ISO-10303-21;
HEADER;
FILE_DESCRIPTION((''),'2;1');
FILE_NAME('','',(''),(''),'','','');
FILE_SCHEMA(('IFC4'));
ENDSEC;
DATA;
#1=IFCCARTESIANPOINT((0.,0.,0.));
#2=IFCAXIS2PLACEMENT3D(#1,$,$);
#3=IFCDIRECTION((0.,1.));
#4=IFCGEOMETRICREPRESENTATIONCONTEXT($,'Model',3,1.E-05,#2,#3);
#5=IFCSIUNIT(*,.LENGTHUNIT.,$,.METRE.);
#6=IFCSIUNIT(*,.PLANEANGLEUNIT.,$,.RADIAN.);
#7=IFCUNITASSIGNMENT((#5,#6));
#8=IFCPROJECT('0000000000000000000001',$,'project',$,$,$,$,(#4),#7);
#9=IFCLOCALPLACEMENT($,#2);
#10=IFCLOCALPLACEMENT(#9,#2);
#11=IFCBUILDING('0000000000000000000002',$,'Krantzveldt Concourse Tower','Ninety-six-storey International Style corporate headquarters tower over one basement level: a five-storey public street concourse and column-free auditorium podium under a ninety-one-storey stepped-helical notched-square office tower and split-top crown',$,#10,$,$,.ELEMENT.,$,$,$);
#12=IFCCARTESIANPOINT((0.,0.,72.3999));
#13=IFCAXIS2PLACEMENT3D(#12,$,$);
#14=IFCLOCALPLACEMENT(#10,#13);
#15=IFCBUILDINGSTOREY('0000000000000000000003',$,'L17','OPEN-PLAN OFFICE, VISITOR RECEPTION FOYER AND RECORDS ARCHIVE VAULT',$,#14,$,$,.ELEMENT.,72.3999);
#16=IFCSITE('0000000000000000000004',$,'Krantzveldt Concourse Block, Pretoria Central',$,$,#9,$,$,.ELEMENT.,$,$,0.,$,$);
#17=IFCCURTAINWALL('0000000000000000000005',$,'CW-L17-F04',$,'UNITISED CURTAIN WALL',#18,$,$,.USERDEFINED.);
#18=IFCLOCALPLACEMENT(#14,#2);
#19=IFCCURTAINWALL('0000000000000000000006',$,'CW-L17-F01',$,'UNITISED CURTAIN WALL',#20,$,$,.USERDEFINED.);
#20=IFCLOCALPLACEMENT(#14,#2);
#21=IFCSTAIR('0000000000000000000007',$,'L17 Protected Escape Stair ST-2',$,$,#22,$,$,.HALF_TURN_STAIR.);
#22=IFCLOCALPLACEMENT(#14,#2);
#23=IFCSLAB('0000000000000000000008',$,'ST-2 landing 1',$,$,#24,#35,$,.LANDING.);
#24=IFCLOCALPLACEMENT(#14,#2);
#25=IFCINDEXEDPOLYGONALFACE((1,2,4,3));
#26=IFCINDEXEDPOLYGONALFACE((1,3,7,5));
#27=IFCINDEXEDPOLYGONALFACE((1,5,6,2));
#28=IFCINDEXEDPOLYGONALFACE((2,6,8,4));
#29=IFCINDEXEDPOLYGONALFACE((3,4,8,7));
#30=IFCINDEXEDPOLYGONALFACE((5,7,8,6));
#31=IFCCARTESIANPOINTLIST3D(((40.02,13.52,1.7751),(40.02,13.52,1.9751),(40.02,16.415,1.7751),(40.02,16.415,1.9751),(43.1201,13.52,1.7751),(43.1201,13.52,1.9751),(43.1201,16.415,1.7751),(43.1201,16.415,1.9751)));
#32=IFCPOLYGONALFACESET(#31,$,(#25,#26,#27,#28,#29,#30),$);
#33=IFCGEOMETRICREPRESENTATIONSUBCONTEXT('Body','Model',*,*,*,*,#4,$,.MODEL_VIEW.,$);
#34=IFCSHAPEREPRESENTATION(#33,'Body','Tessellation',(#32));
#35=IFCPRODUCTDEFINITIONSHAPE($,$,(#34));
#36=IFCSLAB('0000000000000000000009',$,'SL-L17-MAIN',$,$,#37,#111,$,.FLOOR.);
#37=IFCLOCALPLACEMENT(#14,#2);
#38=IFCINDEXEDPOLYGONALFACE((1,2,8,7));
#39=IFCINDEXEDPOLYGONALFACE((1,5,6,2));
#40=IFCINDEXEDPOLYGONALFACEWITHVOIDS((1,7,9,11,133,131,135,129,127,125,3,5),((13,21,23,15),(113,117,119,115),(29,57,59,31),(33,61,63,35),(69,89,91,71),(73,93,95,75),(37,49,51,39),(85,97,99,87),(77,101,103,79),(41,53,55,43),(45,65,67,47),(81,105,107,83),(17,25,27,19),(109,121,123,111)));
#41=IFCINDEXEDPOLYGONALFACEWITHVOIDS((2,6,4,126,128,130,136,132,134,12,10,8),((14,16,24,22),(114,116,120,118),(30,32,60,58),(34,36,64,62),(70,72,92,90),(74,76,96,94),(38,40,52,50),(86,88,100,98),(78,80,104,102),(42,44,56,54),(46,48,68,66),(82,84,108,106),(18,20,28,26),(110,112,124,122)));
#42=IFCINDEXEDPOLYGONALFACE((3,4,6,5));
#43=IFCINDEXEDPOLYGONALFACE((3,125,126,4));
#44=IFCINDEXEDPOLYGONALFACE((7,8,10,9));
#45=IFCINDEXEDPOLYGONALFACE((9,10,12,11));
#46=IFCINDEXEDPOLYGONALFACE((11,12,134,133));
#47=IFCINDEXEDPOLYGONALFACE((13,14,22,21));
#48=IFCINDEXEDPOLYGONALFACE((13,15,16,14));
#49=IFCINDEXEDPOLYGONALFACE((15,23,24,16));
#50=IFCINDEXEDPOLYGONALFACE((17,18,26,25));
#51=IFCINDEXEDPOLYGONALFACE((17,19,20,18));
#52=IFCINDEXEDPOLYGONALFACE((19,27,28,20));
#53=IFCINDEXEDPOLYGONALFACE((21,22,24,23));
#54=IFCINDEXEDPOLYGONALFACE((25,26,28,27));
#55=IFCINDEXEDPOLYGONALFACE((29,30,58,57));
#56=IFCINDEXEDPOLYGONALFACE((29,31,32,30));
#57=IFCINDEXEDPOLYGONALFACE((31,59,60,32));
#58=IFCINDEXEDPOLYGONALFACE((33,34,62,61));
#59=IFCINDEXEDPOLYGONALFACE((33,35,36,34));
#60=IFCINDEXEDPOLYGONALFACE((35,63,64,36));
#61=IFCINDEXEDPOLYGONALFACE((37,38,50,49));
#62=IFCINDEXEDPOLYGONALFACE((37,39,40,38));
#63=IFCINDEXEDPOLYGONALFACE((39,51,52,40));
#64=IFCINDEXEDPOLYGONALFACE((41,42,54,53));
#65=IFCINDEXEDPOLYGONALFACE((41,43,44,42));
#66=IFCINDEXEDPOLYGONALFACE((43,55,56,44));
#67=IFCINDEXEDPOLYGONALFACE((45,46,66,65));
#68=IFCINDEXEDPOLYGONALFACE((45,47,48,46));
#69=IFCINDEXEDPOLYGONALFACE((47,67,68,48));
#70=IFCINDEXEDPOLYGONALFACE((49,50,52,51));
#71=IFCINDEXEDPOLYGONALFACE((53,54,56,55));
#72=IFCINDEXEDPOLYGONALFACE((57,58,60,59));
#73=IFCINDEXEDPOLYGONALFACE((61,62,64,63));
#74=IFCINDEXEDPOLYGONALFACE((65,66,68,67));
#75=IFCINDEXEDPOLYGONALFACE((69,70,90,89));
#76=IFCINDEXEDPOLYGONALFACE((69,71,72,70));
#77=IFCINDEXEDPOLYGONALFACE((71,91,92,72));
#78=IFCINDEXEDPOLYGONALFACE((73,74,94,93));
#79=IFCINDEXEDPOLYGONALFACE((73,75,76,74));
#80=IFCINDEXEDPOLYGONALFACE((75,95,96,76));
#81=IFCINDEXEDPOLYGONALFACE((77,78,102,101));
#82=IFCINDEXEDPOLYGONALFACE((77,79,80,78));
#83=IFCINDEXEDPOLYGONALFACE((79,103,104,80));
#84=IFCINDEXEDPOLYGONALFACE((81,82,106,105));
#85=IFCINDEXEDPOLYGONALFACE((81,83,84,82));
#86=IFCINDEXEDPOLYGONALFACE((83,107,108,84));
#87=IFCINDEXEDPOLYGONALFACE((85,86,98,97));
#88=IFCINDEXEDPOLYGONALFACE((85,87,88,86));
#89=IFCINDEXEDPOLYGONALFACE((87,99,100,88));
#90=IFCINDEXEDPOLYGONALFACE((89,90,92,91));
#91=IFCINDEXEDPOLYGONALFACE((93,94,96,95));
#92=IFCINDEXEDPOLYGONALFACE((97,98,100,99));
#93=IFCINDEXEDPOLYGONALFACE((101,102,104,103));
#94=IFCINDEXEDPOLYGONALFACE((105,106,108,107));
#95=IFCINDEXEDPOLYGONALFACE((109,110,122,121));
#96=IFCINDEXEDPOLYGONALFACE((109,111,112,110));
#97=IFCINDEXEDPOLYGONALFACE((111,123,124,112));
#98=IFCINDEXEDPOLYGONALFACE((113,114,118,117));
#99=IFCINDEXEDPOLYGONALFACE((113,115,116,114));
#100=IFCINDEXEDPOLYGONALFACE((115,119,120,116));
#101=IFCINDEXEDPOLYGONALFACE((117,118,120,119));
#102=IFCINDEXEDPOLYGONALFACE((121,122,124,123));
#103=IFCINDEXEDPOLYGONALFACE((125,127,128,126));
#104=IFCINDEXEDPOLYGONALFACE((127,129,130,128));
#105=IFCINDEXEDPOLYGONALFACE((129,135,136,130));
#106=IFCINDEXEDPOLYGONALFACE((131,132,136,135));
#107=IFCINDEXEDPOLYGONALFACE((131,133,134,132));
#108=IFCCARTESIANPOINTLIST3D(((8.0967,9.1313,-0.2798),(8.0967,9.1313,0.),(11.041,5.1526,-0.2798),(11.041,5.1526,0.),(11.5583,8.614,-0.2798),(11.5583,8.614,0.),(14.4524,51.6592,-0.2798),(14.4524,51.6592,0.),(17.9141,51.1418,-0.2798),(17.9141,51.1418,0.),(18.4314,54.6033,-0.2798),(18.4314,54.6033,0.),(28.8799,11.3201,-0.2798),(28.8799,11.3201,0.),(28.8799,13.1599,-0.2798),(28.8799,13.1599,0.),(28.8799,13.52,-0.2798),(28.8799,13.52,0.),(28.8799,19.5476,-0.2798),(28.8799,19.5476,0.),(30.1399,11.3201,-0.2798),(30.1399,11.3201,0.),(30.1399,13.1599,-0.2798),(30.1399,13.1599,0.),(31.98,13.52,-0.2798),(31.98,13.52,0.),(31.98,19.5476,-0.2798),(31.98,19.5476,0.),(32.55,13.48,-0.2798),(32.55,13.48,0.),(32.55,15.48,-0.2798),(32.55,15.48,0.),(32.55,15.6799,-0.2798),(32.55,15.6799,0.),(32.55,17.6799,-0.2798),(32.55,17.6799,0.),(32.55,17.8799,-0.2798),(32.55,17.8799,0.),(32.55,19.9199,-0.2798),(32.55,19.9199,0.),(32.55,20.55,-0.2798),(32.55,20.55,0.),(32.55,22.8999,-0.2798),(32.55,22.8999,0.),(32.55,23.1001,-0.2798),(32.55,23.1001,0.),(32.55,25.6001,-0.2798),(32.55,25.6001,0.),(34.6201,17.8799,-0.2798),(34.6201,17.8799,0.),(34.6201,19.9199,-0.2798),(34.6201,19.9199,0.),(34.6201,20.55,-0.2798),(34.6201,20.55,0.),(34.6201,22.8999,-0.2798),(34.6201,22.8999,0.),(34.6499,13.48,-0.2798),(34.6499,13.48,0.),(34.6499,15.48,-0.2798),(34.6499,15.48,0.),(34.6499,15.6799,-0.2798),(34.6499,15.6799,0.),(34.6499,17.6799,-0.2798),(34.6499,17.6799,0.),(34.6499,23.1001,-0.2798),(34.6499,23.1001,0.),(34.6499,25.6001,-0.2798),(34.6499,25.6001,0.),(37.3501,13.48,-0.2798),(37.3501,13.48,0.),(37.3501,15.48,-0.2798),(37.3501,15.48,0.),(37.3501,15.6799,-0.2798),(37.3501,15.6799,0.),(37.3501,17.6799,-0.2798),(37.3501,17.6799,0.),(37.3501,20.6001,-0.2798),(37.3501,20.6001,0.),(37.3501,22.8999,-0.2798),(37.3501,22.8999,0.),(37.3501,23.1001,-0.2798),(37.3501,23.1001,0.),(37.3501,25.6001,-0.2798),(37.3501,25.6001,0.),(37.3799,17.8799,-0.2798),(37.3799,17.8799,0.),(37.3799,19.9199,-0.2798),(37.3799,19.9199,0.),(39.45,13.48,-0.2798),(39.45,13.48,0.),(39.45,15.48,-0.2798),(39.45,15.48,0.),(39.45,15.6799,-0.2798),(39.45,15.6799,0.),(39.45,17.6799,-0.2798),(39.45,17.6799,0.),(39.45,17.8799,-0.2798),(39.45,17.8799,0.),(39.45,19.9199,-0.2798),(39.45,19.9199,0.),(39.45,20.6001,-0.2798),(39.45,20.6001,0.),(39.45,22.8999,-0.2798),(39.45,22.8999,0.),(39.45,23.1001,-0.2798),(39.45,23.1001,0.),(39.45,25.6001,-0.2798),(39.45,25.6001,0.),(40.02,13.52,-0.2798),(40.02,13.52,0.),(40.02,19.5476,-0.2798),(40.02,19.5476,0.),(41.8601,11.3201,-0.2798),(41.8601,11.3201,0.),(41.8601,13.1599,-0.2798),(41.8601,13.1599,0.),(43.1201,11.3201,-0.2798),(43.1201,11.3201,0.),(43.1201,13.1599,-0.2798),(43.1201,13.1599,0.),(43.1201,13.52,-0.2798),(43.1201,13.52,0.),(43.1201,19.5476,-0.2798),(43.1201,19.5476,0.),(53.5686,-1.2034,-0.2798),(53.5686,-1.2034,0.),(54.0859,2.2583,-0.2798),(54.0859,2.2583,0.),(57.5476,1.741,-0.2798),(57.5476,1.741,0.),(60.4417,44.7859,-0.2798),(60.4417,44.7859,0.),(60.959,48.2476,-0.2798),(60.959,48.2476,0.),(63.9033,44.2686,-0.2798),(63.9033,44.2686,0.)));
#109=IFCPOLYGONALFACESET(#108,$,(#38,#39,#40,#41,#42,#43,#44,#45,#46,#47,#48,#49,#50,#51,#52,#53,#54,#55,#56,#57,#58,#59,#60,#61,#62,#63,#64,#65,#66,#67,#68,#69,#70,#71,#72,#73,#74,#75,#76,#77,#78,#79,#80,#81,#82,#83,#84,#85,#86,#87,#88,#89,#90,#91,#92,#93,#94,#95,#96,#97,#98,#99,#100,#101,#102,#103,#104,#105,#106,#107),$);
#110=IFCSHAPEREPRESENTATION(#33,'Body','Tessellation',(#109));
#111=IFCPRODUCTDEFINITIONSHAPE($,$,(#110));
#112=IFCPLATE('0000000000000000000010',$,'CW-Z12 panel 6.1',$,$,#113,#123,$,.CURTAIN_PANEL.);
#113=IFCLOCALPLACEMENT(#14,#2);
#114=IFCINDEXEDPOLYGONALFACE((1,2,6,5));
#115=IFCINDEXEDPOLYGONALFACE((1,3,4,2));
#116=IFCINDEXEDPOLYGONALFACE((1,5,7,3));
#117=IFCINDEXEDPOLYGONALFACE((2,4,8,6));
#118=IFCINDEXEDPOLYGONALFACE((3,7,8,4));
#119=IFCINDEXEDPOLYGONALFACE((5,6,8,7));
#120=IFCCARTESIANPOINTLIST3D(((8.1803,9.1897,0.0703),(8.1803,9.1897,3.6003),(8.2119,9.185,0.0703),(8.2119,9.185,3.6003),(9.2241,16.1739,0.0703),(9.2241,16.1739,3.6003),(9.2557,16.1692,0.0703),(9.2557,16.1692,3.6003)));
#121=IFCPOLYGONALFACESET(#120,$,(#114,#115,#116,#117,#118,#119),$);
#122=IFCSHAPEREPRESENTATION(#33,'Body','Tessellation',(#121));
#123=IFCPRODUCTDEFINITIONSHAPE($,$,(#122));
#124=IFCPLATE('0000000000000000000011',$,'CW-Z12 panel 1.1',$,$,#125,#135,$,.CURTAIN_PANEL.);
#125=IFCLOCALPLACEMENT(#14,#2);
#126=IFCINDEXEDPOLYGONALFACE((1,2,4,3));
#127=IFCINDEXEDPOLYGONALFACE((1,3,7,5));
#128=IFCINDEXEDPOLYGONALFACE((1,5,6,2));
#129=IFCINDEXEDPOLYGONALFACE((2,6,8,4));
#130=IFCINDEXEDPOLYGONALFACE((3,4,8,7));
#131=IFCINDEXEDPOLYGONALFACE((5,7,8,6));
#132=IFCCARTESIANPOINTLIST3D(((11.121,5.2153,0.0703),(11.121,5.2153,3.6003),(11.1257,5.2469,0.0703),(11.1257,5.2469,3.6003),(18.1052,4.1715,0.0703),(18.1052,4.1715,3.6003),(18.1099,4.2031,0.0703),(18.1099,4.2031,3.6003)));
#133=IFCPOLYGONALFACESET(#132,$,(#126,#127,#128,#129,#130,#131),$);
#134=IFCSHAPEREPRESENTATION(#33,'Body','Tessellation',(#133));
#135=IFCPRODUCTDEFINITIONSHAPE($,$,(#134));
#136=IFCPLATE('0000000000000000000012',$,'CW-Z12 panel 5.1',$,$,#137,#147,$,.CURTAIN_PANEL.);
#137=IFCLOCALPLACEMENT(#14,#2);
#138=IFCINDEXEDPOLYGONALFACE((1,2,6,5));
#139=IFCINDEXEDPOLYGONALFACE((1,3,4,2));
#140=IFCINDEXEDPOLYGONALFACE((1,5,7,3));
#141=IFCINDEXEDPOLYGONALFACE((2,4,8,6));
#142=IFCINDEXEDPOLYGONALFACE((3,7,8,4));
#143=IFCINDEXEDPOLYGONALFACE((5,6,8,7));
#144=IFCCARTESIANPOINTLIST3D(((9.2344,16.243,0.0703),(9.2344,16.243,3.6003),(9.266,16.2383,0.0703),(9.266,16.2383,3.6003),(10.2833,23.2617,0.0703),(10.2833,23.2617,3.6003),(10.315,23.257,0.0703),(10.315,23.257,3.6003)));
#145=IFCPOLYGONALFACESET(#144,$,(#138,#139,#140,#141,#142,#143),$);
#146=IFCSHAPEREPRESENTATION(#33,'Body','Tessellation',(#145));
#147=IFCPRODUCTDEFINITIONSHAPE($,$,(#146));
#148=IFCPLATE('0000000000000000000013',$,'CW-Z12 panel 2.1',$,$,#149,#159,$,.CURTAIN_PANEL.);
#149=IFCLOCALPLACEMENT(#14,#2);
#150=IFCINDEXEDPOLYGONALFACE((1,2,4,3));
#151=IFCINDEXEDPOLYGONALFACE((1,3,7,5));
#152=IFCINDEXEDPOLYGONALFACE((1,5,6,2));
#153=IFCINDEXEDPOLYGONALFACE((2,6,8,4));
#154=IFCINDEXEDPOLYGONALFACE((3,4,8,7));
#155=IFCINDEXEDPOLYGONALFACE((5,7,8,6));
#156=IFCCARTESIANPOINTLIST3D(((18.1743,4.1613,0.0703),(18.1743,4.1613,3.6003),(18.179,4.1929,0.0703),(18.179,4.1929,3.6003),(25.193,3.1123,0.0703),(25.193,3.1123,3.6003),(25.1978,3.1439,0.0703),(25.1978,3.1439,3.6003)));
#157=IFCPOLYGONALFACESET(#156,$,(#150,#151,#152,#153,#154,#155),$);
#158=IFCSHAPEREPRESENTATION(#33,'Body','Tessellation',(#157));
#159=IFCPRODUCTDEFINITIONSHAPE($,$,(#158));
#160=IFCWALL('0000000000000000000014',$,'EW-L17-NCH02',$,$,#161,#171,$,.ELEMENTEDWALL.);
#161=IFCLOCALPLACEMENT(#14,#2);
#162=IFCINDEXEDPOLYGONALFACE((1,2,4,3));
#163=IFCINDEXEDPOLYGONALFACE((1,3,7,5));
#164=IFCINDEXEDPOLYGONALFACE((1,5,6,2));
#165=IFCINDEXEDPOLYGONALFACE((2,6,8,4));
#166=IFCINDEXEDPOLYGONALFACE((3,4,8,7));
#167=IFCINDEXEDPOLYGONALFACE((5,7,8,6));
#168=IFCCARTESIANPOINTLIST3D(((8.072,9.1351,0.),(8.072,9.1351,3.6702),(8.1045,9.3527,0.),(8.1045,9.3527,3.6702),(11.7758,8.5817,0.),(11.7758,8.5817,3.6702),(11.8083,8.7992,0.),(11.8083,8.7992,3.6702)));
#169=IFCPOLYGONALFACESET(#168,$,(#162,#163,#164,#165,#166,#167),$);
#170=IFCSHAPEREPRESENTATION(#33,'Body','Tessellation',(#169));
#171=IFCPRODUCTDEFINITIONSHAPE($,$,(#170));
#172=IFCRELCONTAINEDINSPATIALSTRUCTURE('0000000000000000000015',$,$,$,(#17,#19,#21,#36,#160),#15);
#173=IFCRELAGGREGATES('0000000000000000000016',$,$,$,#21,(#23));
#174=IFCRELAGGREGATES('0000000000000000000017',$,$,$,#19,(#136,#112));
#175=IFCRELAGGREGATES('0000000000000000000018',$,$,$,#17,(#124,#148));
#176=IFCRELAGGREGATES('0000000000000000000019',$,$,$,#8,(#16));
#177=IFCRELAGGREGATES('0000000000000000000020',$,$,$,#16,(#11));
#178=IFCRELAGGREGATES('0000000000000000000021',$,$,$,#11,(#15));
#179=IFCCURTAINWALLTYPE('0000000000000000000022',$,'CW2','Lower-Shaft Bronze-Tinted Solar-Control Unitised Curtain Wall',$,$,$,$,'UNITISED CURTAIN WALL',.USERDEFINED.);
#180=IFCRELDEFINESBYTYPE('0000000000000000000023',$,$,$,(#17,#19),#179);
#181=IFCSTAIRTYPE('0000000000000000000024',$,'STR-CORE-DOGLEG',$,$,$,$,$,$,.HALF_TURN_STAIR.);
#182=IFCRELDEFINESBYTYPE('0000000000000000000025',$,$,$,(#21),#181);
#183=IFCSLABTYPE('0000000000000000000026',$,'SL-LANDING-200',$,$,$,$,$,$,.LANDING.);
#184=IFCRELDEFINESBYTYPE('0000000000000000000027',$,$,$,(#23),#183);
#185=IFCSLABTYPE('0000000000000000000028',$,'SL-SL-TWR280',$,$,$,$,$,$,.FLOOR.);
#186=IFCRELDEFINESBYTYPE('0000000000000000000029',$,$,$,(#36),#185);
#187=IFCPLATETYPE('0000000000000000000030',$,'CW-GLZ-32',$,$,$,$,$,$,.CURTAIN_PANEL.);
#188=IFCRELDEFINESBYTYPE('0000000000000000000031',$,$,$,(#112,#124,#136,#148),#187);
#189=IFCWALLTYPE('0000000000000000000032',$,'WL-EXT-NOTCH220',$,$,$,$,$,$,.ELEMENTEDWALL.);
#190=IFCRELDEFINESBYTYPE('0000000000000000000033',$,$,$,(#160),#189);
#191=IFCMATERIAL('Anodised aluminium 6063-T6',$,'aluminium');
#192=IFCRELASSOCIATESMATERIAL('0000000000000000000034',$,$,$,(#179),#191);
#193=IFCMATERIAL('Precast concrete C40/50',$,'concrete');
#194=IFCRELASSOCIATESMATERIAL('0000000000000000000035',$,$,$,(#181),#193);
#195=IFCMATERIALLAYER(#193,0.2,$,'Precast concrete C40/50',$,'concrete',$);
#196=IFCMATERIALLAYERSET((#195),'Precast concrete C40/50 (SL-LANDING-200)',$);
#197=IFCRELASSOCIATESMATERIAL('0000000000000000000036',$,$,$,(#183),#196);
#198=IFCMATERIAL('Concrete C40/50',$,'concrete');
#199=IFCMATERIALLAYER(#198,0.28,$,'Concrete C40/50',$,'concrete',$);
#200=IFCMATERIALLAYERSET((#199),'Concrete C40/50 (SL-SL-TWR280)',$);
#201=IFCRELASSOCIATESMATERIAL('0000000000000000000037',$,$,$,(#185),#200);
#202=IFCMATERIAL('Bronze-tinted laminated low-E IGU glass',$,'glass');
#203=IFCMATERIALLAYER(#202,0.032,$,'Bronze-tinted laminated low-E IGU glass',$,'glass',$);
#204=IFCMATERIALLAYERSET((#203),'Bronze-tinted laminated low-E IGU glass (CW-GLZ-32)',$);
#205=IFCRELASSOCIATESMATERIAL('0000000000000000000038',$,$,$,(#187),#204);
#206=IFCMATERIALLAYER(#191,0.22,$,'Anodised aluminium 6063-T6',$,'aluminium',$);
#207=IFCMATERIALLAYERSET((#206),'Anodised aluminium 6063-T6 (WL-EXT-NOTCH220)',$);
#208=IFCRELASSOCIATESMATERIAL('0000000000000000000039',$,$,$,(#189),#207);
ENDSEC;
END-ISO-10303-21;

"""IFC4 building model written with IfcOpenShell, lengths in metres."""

from ifc_helpers import new_model, si_unit, direction, frame, frame_2d, origin, origin_2d, place, context, subcontext, project, spatial, polyline, rectangle, outline, extrude, source, transform, mapped, material, layer, layer_set, type_object, type_shapes, element, aggregate, save


model = new_model("IFC4")

# Units and contexts
model_context = context("Model", 3, precision=1e-05, world=origin(), true_north=direction((0.0, 1.0)))
body_context = subcontext(model_context, "Body", "Model", "MODEL_VIEW")
ifc_project = project(units=[si_unit("LENGTHUNIT", "METRE"), si_unit("PLANEANGLEUNIT", "RADIAN")], contexts=[model_context])

# Site, building, storey
site_placement = place(None, origin())
site = spatial("IfcSite", under=ifc_project, at=site_placement, Name="Krantzveldt Concourse Block, Pretoria Central", CompositionType="ELEMENT", RefElevation=0.0)
building_placement = place(site_placement, origin())
building = spatial("IfcBuilding", under=site, at=building_placement, Name="Krantzveldt Concourse Tower", Description="Ninety-six-storey International Style corporate headquarters tower over one basement level: a five-storey public street concourse and column-free auditorium podium under a ninety-one-storey stepped-helical notched-square office tower and split-top crown", CompositionType="ELEMENT")
storey_placement = place(building_placement, frame((0.0, 0.0, 72.3999)))
storey = spatial("IfcBuildingStorey", under=building, at=storey_placement, Name="L17", Description="OPEN-PLAN OFFICE, VISITOR RECEPTION FOYER AND RECORDS ARCHIVE VAULT", CompositionType="ELEMENT", Elevation=72.3999)

# Curtain walls
ifc_material_1 = material(Name="Anodised aluminium 6063-T6", Category="aluminium")
curtain_wall_type = type_object("IfcCurtainWallType", Name="CW2", Description="Lower-Shaft Bronze-Tinted Solar-Control Unitised Curtain Wall", ElementType="UNITISED CURTAIN WALL", PredefinedType="USERDEFINED", material=ifc_material_1)
curtain_wall_1_placement = place(storey_placement, origin())
curtain_wall_1 = element("IfcCurtainWall", 1, at=curtain_wall_1_placement, inside=storey, type_object=curtain_wall_type, Name="CW-L17-F04", ObjectType="UNITISED CURTAIN WALL", PredefinedType="USERDEFINED")
curtain_wall_2_placement = place(storey_placement, origin())
curtain_wall_2 = element("IfcCurtainWall", 2, at=curtain_wall_2_placement, inside=storey, type_object=curtain_wall_type, Name="CW-L17-F01", ObjectType="UNITISED CURTAIN WALL", PredefinedType="USERDEFINED")

# Stair, slab
ifc_material_2 = material(Name="Precast concrete C40/50", Category="concrete")
stair_type = type_object("IfcStairType", Name="STR-CORE-DOGLEG", PredefinedType="HALF_TURN_STAIR", material=ifc_material_2)
ifc_layer_1 = layer(ifc_material_2, 0.2, Name="Precast concrete C40/50", Category="concrete")
ifc_layer_set_1 = layer_set([ifc_layer_1], Name="Precast concrete C40/50 (SL-LANDING-200)")
slab_type_1 = type_object("IfcSlabType", Name="SL-LANDING-200", PredefinedType="LANDING", material=ifc_layer_set_1)
stair_1_placement = place(storey_placement, origin())
stair_1 = element("IfcStair", 3, at=stair_1_placement, inside=storey, type_object=stair_type, Name="L17 Protected Escape Stair ST-2", PredefinedType="HALF_TURN_STAIR")
slab_1_placement = place(storey_placement, frame((0.0, 0.0, 1.7751)))
slab_1 = element("IfcSlab", 4, at=slab_1_placement, type_object=slab_type_1, Name="ST-2 landing 1", PredefinedType="LANDING", context=body_context, shape_type="SweptSolid", body=[
    extrude(outline(polyline([(40.02, 16.415), (40.02, 13.52), (43.1201, 13.52), (43.1201, 16.415), (40.02, 16.415)])), origin(), (0.0, 0.0, 1.0), 0.2),
])
aggregate(stair_1, [slab_1])

# Slab
ifc_material_3 = material(Name="Concrete C40/50", Category="concrete")
ifc_layer_2 = layer(ifc_material_3, 0.28, Name="Concrete C40/50", Category="concrete")
ifc_layer_set_2 = layer_set([ifc_layer_2], Name="Concrete C40/50 (SL-SL-TWR280)")
slab_type_2 = type_object("IfcSlabType", Name="SL-SL-TWR280", PredefinedType="FLOOR", material=ifc_layer_set_2)
slab_2_placement = place(storey_placement, frame((0.0, 0.0, -0.2798)))
element("IfcSlab", 5, at=slab_2_placement, inside=storey, type_object=slab_type_2, Name="SL-L17-MAIN", PredefinedType="FLOOR", context=body_context, shape_type="SweptSolid", body=[
    extrude(outline(polyline([(17.9141, 51.1418), (14.4524, 51.6592), (8.0967, 9.1313), (11.5583, 8.614), (11.041, 5.1526), (53.5686, -1.2034), (54.0859, 2.2583), (57.5476, 1.741), (63.9033, 44.2686), (60.4417, 44.7859), (60.959, 48.2476), (18.4314, 54.6033), (17.9141, 51.1418)]), holes=[polyline([(28.8799, 19.5476), (28.8799, 13.52), (31.98, 13.52), (31.98, 19.5476), (28.8799, 19.5476)]), polyline([(40.02, 19.5476), (40.02, 13.52), (43.1201, 13.52), (43.1201, 19.5476), (40.02, 19.5476)]), polyline([(32.55, 23.1001), (34.6499, 23.1001), (34.6499, 25.6001), (32.55, 25.6001), (32.55, 23.1001)]), polyline([(37.3501, 23.1001), (39.45, 23.1001), (39.45, 25.6001), (37.3501, 25.6001), (37.3501, 23.1001)]), polyline([(37.3501, 20.6001), (39.45, 20.6001), (39.45, 22.8999), (37.3501, 22.8999), (37.3501, 20.6001)]), polyline([(32.55, 13.48), (34.6499, 13.48), (34.6499, 15.48), (32.55, 15.48), (32.55, 13.48)]), polyline([(32.55, 15.6799), (34.6499, 15.6799), (34.6499, 17.6799), (32.55, 17.6799), (32.55, 15.6799)]), polyline([(37.3501, 13.48), (39.45, 13.48), (39.45, 15.48), (37.3501, 15.48), (37.3501, 13.48)]), polyline([(37.3501, 15.6799), (39.45, 15.6799), (39.45, 17.6799), (37.3501, 17.6799), (37.3501, 15.6799)]), polyline([(32.55, 20.55), (34.6201, 20.55), (34.6201, 22.8999), (32.55, 22.8999), (32.55, 20.55)]), polyline([(32.55, 17.8799), (34.6201, 17.8799), (34.6201, 19.9199), (32.55, 19.9199), (32.55, 17.8799)]), polyline([(37.3799, 17.8799), (39.45, 17.8799), (39.45, 19.9199), (37.3799, 19.9199), (37.3799, 17.8799)]), polyline([(28.8799, 11.3201), (30.1399, 11.3201), (30.1399, 13.1599), (28.8799, 13.1599), (28.8799, 11.3201)]), polyline([(41.8601, 11.3201), (43.1201, 11.3201), (43.1201, 13.1599), (41.8601, 13.1599), (41.8601, 11.3201)])]), origin(), (0.0, 0.0, 1.0), 0.2798),
])

# Plates
ifc_material_4 = material(Name="Bronze-tinted laminated low-E IGU glass", Category="glass")
ifc_layer_3 = layer(ifc_material_4, 0.032, Name="Bronze-tinted laminated low-E IGU glass", Category="glass")
ifc_layer_set_3 = layer_set([ifc_layer_3], Name="Bronze-tinted laminated low-E IGU glass (CW-GLZ-32)")
plate_type = type_object("IfcPlateType", Name="CW-GLZ-32", PredefinedType="CURTAIN_PANEL", material=ifc_layer_set_3)
shared_shape_1 = source(origin(), body_context, "Body", "SweptSolid", [
    extrude(rectangle(XDim=7.0618, YDim=0.032, at=origin_2d()), origin(), (0.0, 0.0, 1.0), 3.53),
])
plate_1_placement = place(storey_placement, frame((8.718, 12.6794, 0.0703), z_axis=(0.0, 0.0, 1.0), x_axis=(-0.14781, -0.989016, 0.0)))
plate_1 = element("IfcPlate", 6, at=plate_1_placement, type_object=plate_type, Name="CW-Z12 panel 6.1", PredefinedType="CURTAIN_PANEL", context=body_context, shape_type="MappedRepresentation", body=[
    mapped(shared_shape_1, transform((0.0, 0.0, 0.0), x_axis=(1.0, 0.0, 0.0), y_axis=(0.0, 1.0, 0.0), z_axis=(0.0, 0.0, 1.0), scale=1.0)),
])
plate_2_placement = place(storey_placement, frame((14.6155, 4.7092, 0.0703), z_axis=(0.0, 0.0, 1.0), x_axis=(0.989016, -0.14781, 0.0)))
plate_2 = element("IfcPlate", 7, at=plate_2_placement, type_object=plate_type, Name="CW-Z12 panel 1.1", PredefinedType="CURTAIN_PANEL", context=body_context, shape_type="MappedRepresentation", body=[
    mapped(shared_shape_1, transform((0.0, 0.0, 0.0), x_axis=(1.0, 0.0, 0.0), y_axis=(0.0, 1.0, 0.0), z_axis=(0.0, 0.0, 1.0), scale=1.0)),
])
shared_shape_2 = source(origin(), body_context, "Body", "SweptSolid", [
    extrude(rectangle(XDim=7.0967, YDim=0.032, at=origin_2d()), origin(), (0.0, 0.0, 1.0), 3.53),
])
type_shapes(plate_type, [shared_shape_1, shared_shape_2])
plate_3_placement = place(storey_placement, frame((9.7747, 19.75, 0.0703), z_axis=(0.0, 0.0, 1.0), x_axis=(-0.14781, -0.989016, 0.0)))
plate_3 = element("IfcPlate", 8, at=plate_3_placement, type_object=plate_type, Name="CW-Z12 panel 5.1", PredefinedType="CURTAIN_PANEL", context=body_context, shape_type="MappedRepresentation", body=[
    mapped(shared_shape_2, transform((0.0, 0.0, 0.0), x_axis=(1.0, 0.0, 0.0), y_axis=(0.0, 1.0, 0.0), z_axis=(0.0, 0.0, 1.0), scale=1.0)),
])
aggregate(curtain_wall_2, [plate_3, plate_1])
plate_4_placement = place(storey_placement, frame((21.686, 3.6526, 0.0703), z_axis=(0.0, 0.0, 1.0), x_axis=(0.989016, -0.14781, 0.0)))
plate_4 = element("IfcPlate", 9, at=plate_4_placement, type_object=plate_type, Name="CW-Z12 panel 2.1", PredefinedType="CURTAIN_PANEL", context=body_context, shape_type="MappedRepresentation", body=[
    mapped(shared_shape_2, transform((0.0, 0.0, 0.0), x_axis=(1.0, 0.0, 0.0), y_axis=(0.0, 1.0, 0.0), z_axis=(0.0, 0.0, 1.0), scale=1.0)),
])
aggregate(curtain_wall_1, [plate_2, plate_4])

# Wall
ifc_layer_4 = layer(ifc_material_1, 0.22, Name="Anodised aluminium 6063-T6", Category="aluminium")
ifc_layer_set_4 = layer_set([ifc_layer_4], Name="Anodised aluminium 6063-T6 (WL-EXT-NOTCH220)")
wall_type_1 = type_object("IfcWallType", Name="WL-EXT-NOTCH220", PredefinedType="ELEMENTEDWALL", material=ifc_layer_set_4)
wall_1_placement = place(storey_placement, frame((8.0881, 9.2439, 0.0), z_axis=(0.0, 0.0, 1.0), x_axis=(0.989019, -0.147789, 0.0)))
element("IfcWall", 10, at=wall_1_placement, inside=storey, type_object=wall_type_1, Name="EW-L17-NCH02", PredefinedType="ELEMENTEDWALL", context=body_context, shape_type="SweptSolid", body=[
    extrude(rectangle(XDim=3.7449, YDim=0.22, at=frame_2d((1.8726, 0.0))), origin(), (0.0, 0.0, 1.0), 3.6702),
])

save(model, "model.ifc")
